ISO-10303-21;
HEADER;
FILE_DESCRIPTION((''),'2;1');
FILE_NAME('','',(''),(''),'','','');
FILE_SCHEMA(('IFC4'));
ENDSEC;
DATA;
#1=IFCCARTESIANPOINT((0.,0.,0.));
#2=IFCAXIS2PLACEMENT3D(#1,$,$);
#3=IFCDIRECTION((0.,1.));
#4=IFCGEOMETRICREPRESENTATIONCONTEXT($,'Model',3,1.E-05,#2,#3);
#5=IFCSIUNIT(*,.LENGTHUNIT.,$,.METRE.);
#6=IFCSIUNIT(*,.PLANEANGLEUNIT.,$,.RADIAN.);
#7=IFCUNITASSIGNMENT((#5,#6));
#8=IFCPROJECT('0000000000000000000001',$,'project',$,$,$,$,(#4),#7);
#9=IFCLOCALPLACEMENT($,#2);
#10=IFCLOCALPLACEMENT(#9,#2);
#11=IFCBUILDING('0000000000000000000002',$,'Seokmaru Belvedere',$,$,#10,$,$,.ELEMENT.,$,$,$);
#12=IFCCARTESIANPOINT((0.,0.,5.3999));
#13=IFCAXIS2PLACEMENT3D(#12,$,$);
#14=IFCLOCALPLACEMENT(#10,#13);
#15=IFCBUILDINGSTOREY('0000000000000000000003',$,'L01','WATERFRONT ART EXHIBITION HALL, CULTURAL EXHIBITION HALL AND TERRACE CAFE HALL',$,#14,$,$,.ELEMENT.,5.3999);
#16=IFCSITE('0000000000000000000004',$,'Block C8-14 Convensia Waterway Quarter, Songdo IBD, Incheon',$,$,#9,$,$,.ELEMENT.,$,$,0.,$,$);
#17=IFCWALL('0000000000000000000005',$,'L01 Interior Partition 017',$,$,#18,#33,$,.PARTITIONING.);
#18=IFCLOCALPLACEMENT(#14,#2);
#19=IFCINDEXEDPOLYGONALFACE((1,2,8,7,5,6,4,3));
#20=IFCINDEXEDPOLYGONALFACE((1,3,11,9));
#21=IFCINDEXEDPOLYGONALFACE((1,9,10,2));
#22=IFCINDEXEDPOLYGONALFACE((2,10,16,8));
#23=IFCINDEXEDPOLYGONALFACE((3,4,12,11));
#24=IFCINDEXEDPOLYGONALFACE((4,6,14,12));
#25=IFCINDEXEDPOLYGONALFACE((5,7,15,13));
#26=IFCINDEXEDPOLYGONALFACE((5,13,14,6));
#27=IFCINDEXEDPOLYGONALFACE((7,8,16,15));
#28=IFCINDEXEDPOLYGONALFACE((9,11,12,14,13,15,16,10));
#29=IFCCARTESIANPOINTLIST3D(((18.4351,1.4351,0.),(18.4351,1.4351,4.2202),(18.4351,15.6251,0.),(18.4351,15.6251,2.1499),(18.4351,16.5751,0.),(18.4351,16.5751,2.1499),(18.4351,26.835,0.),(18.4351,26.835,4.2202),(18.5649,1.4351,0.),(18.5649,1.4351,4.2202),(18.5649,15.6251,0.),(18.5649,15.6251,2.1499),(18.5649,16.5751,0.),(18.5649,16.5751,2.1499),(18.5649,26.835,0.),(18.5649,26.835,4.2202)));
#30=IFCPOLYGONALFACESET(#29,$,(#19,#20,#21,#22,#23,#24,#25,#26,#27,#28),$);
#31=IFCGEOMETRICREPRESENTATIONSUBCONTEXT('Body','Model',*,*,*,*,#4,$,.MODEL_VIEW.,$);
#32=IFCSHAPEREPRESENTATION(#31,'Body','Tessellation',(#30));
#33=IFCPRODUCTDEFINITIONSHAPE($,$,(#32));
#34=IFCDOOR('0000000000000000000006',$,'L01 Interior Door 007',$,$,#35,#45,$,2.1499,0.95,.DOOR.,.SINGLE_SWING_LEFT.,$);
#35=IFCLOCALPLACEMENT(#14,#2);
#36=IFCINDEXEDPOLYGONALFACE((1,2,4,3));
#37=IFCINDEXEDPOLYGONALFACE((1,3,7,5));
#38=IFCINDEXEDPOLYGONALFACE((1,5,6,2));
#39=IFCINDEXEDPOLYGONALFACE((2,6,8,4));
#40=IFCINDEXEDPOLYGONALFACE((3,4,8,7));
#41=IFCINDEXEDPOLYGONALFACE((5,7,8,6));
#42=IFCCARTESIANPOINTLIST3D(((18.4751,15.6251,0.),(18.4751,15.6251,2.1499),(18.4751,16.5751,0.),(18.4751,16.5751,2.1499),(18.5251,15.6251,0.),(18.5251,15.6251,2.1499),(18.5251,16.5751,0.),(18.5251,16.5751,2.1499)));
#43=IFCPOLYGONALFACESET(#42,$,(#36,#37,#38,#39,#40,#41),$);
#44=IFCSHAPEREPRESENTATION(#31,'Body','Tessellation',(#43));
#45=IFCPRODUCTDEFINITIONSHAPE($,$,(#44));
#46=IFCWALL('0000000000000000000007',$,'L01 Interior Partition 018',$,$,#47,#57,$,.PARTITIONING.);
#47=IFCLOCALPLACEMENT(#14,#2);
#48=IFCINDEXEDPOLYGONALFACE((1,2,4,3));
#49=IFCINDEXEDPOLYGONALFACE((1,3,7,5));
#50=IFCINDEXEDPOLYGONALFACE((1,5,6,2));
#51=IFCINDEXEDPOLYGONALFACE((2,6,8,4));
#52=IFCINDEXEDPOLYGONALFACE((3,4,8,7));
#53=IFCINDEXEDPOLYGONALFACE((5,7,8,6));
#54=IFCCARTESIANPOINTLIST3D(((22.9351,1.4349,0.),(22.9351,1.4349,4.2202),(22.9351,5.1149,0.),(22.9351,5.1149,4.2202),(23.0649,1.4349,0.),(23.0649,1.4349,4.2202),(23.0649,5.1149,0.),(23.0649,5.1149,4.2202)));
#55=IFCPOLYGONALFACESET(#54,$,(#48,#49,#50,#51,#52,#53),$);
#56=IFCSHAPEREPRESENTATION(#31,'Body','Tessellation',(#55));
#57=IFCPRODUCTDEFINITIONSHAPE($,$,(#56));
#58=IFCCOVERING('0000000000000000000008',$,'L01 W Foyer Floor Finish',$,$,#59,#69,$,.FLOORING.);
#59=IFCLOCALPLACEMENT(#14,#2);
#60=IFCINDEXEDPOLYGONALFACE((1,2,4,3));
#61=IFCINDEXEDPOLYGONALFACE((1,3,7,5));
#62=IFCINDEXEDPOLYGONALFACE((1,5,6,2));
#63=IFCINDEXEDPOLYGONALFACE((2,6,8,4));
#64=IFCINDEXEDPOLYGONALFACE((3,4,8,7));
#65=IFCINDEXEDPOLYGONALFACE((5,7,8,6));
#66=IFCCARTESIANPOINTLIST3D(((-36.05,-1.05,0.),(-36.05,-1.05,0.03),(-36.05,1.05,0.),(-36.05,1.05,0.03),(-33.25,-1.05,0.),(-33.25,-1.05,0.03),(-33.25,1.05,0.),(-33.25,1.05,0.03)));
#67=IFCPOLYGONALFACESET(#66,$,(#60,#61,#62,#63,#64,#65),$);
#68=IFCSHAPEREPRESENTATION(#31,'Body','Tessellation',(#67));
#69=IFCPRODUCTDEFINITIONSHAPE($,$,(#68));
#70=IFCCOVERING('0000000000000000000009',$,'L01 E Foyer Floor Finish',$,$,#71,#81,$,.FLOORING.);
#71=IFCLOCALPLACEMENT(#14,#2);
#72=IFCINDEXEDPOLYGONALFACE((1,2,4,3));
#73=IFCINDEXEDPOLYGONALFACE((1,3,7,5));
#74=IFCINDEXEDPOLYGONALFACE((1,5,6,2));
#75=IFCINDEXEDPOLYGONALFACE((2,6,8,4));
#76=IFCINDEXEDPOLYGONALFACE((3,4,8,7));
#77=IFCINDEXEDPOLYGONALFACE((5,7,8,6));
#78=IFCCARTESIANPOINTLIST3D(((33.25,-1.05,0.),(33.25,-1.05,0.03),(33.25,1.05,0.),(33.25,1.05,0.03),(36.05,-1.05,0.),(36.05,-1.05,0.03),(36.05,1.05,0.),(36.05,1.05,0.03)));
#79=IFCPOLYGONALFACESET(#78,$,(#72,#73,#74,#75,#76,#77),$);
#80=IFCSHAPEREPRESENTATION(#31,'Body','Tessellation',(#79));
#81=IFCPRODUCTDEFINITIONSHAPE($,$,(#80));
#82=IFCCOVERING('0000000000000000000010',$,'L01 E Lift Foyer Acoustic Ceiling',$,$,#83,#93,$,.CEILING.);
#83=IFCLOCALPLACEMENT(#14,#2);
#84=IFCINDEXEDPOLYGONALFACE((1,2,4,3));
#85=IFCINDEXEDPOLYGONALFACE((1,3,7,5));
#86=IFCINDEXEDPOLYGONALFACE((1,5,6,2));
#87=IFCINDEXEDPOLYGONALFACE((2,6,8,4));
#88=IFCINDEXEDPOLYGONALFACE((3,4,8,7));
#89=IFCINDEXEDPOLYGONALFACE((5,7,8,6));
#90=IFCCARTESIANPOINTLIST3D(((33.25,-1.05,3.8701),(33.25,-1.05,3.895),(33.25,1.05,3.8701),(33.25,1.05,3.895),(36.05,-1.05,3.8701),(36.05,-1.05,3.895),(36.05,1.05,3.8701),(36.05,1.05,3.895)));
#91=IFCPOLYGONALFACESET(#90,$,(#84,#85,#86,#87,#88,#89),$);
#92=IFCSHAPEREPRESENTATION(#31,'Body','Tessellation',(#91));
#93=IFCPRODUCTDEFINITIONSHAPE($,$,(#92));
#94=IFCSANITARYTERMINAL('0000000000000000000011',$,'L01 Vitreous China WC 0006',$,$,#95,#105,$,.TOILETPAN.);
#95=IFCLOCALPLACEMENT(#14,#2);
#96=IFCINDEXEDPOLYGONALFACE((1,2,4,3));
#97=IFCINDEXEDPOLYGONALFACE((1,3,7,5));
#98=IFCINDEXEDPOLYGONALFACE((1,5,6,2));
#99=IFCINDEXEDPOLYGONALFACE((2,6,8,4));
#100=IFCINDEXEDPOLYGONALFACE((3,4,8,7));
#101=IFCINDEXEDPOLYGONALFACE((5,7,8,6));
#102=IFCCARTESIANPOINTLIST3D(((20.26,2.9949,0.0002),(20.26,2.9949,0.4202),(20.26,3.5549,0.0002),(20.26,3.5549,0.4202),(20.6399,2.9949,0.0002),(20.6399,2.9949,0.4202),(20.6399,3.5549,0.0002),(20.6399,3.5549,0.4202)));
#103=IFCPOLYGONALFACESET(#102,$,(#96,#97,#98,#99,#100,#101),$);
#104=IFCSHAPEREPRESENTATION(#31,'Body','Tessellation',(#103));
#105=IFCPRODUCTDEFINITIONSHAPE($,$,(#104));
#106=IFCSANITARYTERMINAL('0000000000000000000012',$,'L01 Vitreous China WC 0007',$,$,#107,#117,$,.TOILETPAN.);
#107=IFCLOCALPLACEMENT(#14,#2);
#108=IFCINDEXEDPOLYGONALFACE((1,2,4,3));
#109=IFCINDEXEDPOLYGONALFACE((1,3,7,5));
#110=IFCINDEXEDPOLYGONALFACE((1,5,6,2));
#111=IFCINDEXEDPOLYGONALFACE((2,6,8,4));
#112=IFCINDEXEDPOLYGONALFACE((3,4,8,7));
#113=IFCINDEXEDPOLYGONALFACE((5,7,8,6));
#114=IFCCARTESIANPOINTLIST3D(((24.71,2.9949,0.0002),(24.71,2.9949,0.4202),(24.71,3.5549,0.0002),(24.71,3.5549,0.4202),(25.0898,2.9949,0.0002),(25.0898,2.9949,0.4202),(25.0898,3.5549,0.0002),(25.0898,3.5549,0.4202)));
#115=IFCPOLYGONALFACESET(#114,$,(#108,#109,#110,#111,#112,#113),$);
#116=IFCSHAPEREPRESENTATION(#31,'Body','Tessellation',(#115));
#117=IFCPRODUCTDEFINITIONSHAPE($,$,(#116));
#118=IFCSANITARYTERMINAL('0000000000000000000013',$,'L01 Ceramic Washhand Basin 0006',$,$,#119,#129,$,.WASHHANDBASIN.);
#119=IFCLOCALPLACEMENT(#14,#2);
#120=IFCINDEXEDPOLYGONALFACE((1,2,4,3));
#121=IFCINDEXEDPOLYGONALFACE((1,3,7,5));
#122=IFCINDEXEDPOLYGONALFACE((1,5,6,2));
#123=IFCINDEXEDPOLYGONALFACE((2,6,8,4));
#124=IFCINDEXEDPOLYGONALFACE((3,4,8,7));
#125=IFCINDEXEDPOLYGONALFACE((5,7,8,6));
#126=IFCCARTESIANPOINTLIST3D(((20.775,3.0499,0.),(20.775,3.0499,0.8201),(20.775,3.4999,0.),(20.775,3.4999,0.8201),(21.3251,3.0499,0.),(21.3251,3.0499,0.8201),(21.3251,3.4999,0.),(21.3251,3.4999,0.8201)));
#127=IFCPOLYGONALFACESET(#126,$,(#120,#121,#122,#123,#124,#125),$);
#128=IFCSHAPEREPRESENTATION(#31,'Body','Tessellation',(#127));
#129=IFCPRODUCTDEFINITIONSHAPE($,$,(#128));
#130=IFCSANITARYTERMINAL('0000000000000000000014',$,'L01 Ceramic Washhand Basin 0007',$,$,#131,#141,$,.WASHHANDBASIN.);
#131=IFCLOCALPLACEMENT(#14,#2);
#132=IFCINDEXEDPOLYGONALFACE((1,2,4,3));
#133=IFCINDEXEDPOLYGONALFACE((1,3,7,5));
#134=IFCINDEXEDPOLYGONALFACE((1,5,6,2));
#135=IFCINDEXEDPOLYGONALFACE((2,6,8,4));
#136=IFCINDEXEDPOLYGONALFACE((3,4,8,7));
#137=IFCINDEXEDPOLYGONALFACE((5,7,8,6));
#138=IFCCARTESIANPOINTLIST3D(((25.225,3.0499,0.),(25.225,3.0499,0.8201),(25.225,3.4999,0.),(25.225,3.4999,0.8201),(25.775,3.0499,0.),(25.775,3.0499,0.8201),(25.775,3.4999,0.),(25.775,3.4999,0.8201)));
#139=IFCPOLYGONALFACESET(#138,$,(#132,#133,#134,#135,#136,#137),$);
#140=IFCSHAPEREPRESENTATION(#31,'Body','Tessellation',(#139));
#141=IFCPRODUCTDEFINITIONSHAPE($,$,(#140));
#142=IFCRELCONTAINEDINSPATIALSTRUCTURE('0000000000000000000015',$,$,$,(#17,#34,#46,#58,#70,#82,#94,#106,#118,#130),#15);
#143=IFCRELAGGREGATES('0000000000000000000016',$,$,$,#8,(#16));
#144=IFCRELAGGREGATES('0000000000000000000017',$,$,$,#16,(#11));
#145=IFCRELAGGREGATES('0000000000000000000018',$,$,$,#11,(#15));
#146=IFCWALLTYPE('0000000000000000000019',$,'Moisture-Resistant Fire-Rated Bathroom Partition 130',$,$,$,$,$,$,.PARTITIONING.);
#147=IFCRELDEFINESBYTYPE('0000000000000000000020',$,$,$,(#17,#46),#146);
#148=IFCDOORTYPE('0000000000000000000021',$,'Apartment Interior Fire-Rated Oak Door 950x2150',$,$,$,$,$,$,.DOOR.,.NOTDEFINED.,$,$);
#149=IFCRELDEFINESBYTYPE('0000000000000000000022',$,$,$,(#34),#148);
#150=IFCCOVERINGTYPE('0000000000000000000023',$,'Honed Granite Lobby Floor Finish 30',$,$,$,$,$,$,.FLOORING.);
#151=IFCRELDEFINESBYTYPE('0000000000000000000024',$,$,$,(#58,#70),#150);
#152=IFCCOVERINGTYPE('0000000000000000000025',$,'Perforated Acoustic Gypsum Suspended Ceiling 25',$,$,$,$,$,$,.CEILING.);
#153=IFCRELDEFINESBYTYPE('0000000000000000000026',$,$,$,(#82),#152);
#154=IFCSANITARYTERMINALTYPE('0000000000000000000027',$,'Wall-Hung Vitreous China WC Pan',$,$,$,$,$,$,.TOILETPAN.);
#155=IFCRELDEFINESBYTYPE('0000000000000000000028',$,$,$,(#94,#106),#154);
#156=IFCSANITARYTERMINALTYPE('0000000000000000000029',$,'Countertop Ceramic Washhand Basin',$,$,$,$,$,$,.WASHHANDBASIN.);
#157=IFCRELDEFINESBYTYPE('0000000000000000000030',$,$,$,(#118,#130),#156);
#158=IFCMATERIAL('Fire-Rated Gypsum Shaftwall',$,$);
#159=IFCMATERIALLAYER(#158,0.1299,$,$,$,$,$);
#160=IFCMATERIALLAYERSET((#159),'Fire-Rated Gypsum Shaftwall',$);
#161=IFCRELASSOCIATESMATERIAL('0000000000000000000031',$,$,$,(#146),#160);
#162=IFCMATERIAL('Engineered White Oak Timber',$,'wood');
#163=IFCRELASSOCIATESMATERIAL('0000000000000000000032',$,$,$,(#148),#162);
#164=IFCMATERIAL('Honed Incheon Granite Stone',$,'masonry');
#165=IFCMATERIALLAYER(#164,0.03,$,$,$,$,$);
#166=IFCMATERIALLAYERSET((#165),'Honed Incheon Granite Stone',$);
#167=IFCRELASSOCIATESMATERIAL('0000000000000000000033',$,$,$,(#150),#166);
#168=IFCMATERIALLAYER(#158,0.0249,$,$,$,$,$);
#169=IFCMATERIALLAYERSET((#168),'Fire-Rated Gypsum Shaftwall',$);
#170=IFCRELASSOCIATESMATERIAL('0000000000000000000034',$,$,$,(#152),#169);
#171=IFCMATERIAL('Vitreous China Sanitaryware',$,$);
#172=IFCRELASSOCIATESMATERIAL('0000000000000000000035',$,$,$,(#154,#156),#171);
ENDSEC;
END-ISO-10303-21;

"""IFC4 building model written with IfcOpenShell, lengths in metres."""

from ifc_helpers import new_model, si_unit, direction, frame, frame_2d, origin, origin_2d, place, context, subcontext, project, spatial, polyline, rectangle, outline, extrude, source, transform, mapped, material, layer, layer_set, type_object, type_shapes, element, fill, save


model = new_model("IFC4")

# Units and contexts
model_context = context("Model", 3, precision=1e-05, world=origin(), true_north=direction((0.0, 1.0)))
body_context = subcontext(model_context, "Body", "Model", "MODEL_VIEW")
ifc_project = project(units=[si_unit("LENGTHUNIT", "METRE"), si_unit("PLANEANGLEUNIT", "RADIAN")], contexts=[model_context])

# Site, building, storey
site_placement = place(None, origin())
site = spatial("IfcSite", under=ifc_project, at=site_placement, Name="Block C8-14 Convensia Waterway Quarter, Songdo IBD, Incheon", CompositionType="ELEMENT", RefElevation=0.0)
building_placement = place(site_placement, origin())
building = spatial("IfcBuilding", under=site, at=building_placement, Name="Seokmaru Belvedere", CompositionType="ELEMENT")
storey_placement = place(building_placement, frame((0.0, 0.0, 5.3999)))
storey = spatial("IfcBuildingStorey", under=building, at=storey_placement, Name="L01", Description="WATERFRONT ART EXHIBITION HALL, CULTURAL EXHIBITION HALL AND TERRACE CAFE HALL", CompositionType="ELEMENT", Elevation=5.3999)

# Shared definitions
ifc_material_1 = material(Name="Fire-Rated Gypsum Shaftwall")

# Shared definitions
ifc_layer_1 = layer(ifc_material_1, 0.1299)
ifc_layer_set_1 = layer_set([ifc_layer_1], Name="Fire-Rated Gypsum Shaftwall")
wall_type_1 = type_object("IfcWallType", Name="Moisture-Resistant Fire-Rated Bathroom Partition 130", PredefinedType="PARTITIONING", material=ifc_layer_set_1)
ifc_material_2 = material(Name="Engineered White Oak Timber", Category="wood")

# Wall, opening, door
wall_1_placement = place(storey_placement, frame((18.5, 1.4351, 0.0), z_axis=(0.0, 0.0, 1.0), x_axis=(0.0, 1.0, 0.0)))
wall_1 = element("IfcWall", 1, at=wall_1_placement, inside=storey, type_object=wall_type_1, Name="L01 Interior Partition 017", PredefinedType="PARTITIONING", context=body_context, shape_type="SweptSolid", body=[
    extrude(rectangle(XDim=25.3999, YDim=0.1299, at=frame_2d((12.7, 0.0))), origin(), (0.0, 0.0, 1.0), 4.2202),
])
opening_1_placement = place(wall_1_placement, frame((14.1899, 0.0, 0.0)))
opening_1 = element("IfcOpeningElement", 2, at=opening_1_placement, cuts=wall_1, PredefinedType="OPENING", context=body_context, shape_type="SweptSolid", body=[
    extrude(rectangle(XDim=0.95, YDim=2.1499, at=frame_2d((0.4751, 1.075))), frame((0.0, 0.075, 0.0), z_axis=(0.0, -1.0, 0.0), x_axis=(1.0, 0.0, 0.0)), (0.0, 0.0, 1.0), 0.1499),
])
door_type_1 = type_object("IfcDoorType", Name="Apartment Interior Fire-Rated Oak Door 950x2150", OperationType="NOTDEFINED", PredefinedType="DOOR", material=ifc_material_2)
shared_shape_1 = source(origin(), body_context, "Body", "SweptSolid", [
    extrude(rectangle(XDim=0.95, YDim=2.1499, at=frame_2d((0.4751, 1.075))), frame((0.0, 0.0249, 0.0), z_axis=(0.0, -1.0, 0.0), x_axis=(1.0, 0.0, 0.0)), (0.0, 0.0, 1.0), 0.05),
])
type_shapes(door_type_1, [shared_shape_1])
door_1_placement = place(opening_1_placement, origin())
door_1 = element("IfcDoor", 3, at=door_1_placement, inside=storey, type_object=door_type_1, Name="L01 Interior Door 007", OperationType="SINGLE_SWING_LEFT", OverallHeight=2.1499, OverallWidth=0.95, PredefinedType="DOOR", context=body_context, shape_type="MappedRepresentation", body=[
    mapped(shared_shape_1, transform((0.0, 0.0, 0.0), scale=1.0)),
])
fill(opening_1, door_1)

# Wall
wall_2_placement = place(storey_placement, frame((23.0, 1.4351, 0.0), z_axis=(0.0, 0.0, 1.0), x_axis=(0.0, 1.0, 0.0)))
element("IfcWall", 4, at=wall_2_placement, inside=storey, type_object=wall_type_1, Name="L01 Interior Partition 018", PredefinedType="PARTITIONING", context=body_context, shape_type="SweptSolid", body=[
    extrude(rectangle(XDim=3.6799, YDim=0.1299, at=frame_2d((1.8398, 0.0))), origin(), (0.0, 0.0, 1.0), 4.2202),
])

# Coverings
ifc_material_3 = material(Name="Honed Incheon Granite Stone", Category="masonry")
ifc_layer_2 = layer(ifc_material_3, 0.03)
ifc_layer_set_2 = layer_set([ifc_layer_2], Name="Honed Incheon Granite Stone")
covering_type_1 = type_object("IfcCoveringType", Name="Honed Granite Lobby Floor Finish 30", PredefinedType="FLOORING", material=ifc_layer_set_2)
covering_1_placement = place(storey_placement, origin())
element("IfcCovering", 5, at=covering_1_placement, inside=storey, type_object=covering_type_1, Name="L01 W Foyer Floor Finish", PredefinedType="FLOORING", context=body_context, shape_type="SweptSolid", body=[
    extrude(outline(polyline([(-36.05, -1.05), (-33.25, -1.05), (-33.25, 1.05), (-36.05, 1.05), (-36.05, -1.05)])), origin(), (0.0, 0.0, 1.0), 0.03),
])
covering_2_placement = place(storey_placement, origin())
element("IfcCovering", 6, at=covering_2_placement, inside=storey, type_object=covering_type_1, Name="L01 E Foyer Floor Finish", PredefinedType="FLOORING", context=body_context, shape_type="SweptSolid", body=[
    extrude(outline(polyline([(33.25, -1.05), (36.05, -1.05), (36.05, 1.05), (33.25, 1.05), (33.25, -1.05)])), origin(), (0.0, 0.0, 1.0), 0.03),
])
ifc_layer_3 = layer(ifc_material_1, 0.0249)
ifc_layer_set_3 = layer_set([ifc_layer_3], Name="Fire-Rated Gypsum Shaftwall")
covering_type_2 = type_object("IfcCoveringType", Name="Perforated Acoustic Gypsum Suspended Ceiling 25", PredefinedType="CEILING", material=ifc_layer_set_3)
covering_3_placement = place(storey_placement, frame((0.0, 0.0, 3.8701)))
element("IfcCovering", 7, at=covering_3_placement, inside=storey, type_object=covering_type_2, Name="L01 E Lift Foyer Acoustic Ceiling", PredefinedType="CEILING", context=body_context, shape_type="SweptSolid", body=[
    extrude(outline(polyline([(33.25, -1.05), (36.05, -1.05), (36.05, 1.05), (33.25, 1.05), (33.25, -1.05)])), origin(), (0.0, 0.0, 1.0), 0.0249),
])

# Sanitary terminals
ifc_material_4 = material(Name="Vitreous China Sanitaryware")
sanitary_terminal_type_1 = type_object("IfcSanitaryTerminalType", Name="Wall-Hung Vitreous China WC Pan", PredefinedType="TOILETPAN", material=ifc_material_4)
shared_shape_2 = source(origin(), body_context, "Body", "SweptSolid", [
    extrude(rectangle(XDim=0.3799, YDim=0.5601, at=origin_2d()), origin(), (0.0, 0.0, 1.0), 0.4199),
])
type_shapes(sanitary_terminal_type_1, [shared_shape_2])
for number, where, z_axis, x_axis, name in (
    (8, (20.45, 3.2749, 0.0002), (0.0, 0.0, 1.0), (1.0, 0.0, 0.0), "L01 Vitreous China WC 0006"),
    (9, (24.8999, 3.2749, 0.0002), (0.0, 0.0, 1.0), (1.0, 0.0, 0.0), "L01 Vitreous China WC 0007"),
):
    element("IfcSanitaryTerminal", number, at=place(storey_placement, frame(where, z_axis=z_axis, x_axis=x_axis)), inside=storey, type_object=sanitary_terminal_type_1, Name=name, PredefinedType="TOILETPAN", context=body_context, shape_type="MappedRepresentation", body=[
        mapped(shared_shape_2, transform((0.0, 0.0, 0.0), scale=1.0)),
    ])
sanitary_terminal_type_2 = type_object("IfcSanitaryTerminalType", Name="Countertop Ceramic Washhand Basin", PredefinedType="WASHHANDBASIN", material=ifc_material_4)
shared_shape_3 = source(origin(), body_context, "Body", "SweptSolid", [
    extrude(rectangle(XDim=0.55, YDim=0.45, at=origin_2d()), origin(), (0.0, 0.0, 1.0), 0.8201),
])
type_shapes(sanitary_terminal_type_2, [shared_shape_3])
for number, where, z_axis, x_axis, name in (
    (10, (21.05, 3.2749, 0.0), (0.0, 0.0, 1.0), (1.0, 0.0, 0.0), "L01 Ceramic Washhand Basin 0006"),
    (11, (25.5, 3.2749, 0.0), (0.0, 0.0, 1.0), (1.0, 0.0, 0.0), "L01 Ceramic Washhand Basin 0007"),
):
    element("IfcSanitaryTerminal", number, at=place(storey_placement, frame(where, z_axis=z_axis, x_axis=x_axis)), inside=storey, type_object=sanitary_terminal_type_2, Name=name, PredefinedType="WASHHANDBASIN", context=body_context, shape_type="MappedRepresentation", body=[
        mapped(shared_shape_3, transform((0.0, 0.0, 0.0), scale=1.0)),
    ])

save(model, "model.ifc")
